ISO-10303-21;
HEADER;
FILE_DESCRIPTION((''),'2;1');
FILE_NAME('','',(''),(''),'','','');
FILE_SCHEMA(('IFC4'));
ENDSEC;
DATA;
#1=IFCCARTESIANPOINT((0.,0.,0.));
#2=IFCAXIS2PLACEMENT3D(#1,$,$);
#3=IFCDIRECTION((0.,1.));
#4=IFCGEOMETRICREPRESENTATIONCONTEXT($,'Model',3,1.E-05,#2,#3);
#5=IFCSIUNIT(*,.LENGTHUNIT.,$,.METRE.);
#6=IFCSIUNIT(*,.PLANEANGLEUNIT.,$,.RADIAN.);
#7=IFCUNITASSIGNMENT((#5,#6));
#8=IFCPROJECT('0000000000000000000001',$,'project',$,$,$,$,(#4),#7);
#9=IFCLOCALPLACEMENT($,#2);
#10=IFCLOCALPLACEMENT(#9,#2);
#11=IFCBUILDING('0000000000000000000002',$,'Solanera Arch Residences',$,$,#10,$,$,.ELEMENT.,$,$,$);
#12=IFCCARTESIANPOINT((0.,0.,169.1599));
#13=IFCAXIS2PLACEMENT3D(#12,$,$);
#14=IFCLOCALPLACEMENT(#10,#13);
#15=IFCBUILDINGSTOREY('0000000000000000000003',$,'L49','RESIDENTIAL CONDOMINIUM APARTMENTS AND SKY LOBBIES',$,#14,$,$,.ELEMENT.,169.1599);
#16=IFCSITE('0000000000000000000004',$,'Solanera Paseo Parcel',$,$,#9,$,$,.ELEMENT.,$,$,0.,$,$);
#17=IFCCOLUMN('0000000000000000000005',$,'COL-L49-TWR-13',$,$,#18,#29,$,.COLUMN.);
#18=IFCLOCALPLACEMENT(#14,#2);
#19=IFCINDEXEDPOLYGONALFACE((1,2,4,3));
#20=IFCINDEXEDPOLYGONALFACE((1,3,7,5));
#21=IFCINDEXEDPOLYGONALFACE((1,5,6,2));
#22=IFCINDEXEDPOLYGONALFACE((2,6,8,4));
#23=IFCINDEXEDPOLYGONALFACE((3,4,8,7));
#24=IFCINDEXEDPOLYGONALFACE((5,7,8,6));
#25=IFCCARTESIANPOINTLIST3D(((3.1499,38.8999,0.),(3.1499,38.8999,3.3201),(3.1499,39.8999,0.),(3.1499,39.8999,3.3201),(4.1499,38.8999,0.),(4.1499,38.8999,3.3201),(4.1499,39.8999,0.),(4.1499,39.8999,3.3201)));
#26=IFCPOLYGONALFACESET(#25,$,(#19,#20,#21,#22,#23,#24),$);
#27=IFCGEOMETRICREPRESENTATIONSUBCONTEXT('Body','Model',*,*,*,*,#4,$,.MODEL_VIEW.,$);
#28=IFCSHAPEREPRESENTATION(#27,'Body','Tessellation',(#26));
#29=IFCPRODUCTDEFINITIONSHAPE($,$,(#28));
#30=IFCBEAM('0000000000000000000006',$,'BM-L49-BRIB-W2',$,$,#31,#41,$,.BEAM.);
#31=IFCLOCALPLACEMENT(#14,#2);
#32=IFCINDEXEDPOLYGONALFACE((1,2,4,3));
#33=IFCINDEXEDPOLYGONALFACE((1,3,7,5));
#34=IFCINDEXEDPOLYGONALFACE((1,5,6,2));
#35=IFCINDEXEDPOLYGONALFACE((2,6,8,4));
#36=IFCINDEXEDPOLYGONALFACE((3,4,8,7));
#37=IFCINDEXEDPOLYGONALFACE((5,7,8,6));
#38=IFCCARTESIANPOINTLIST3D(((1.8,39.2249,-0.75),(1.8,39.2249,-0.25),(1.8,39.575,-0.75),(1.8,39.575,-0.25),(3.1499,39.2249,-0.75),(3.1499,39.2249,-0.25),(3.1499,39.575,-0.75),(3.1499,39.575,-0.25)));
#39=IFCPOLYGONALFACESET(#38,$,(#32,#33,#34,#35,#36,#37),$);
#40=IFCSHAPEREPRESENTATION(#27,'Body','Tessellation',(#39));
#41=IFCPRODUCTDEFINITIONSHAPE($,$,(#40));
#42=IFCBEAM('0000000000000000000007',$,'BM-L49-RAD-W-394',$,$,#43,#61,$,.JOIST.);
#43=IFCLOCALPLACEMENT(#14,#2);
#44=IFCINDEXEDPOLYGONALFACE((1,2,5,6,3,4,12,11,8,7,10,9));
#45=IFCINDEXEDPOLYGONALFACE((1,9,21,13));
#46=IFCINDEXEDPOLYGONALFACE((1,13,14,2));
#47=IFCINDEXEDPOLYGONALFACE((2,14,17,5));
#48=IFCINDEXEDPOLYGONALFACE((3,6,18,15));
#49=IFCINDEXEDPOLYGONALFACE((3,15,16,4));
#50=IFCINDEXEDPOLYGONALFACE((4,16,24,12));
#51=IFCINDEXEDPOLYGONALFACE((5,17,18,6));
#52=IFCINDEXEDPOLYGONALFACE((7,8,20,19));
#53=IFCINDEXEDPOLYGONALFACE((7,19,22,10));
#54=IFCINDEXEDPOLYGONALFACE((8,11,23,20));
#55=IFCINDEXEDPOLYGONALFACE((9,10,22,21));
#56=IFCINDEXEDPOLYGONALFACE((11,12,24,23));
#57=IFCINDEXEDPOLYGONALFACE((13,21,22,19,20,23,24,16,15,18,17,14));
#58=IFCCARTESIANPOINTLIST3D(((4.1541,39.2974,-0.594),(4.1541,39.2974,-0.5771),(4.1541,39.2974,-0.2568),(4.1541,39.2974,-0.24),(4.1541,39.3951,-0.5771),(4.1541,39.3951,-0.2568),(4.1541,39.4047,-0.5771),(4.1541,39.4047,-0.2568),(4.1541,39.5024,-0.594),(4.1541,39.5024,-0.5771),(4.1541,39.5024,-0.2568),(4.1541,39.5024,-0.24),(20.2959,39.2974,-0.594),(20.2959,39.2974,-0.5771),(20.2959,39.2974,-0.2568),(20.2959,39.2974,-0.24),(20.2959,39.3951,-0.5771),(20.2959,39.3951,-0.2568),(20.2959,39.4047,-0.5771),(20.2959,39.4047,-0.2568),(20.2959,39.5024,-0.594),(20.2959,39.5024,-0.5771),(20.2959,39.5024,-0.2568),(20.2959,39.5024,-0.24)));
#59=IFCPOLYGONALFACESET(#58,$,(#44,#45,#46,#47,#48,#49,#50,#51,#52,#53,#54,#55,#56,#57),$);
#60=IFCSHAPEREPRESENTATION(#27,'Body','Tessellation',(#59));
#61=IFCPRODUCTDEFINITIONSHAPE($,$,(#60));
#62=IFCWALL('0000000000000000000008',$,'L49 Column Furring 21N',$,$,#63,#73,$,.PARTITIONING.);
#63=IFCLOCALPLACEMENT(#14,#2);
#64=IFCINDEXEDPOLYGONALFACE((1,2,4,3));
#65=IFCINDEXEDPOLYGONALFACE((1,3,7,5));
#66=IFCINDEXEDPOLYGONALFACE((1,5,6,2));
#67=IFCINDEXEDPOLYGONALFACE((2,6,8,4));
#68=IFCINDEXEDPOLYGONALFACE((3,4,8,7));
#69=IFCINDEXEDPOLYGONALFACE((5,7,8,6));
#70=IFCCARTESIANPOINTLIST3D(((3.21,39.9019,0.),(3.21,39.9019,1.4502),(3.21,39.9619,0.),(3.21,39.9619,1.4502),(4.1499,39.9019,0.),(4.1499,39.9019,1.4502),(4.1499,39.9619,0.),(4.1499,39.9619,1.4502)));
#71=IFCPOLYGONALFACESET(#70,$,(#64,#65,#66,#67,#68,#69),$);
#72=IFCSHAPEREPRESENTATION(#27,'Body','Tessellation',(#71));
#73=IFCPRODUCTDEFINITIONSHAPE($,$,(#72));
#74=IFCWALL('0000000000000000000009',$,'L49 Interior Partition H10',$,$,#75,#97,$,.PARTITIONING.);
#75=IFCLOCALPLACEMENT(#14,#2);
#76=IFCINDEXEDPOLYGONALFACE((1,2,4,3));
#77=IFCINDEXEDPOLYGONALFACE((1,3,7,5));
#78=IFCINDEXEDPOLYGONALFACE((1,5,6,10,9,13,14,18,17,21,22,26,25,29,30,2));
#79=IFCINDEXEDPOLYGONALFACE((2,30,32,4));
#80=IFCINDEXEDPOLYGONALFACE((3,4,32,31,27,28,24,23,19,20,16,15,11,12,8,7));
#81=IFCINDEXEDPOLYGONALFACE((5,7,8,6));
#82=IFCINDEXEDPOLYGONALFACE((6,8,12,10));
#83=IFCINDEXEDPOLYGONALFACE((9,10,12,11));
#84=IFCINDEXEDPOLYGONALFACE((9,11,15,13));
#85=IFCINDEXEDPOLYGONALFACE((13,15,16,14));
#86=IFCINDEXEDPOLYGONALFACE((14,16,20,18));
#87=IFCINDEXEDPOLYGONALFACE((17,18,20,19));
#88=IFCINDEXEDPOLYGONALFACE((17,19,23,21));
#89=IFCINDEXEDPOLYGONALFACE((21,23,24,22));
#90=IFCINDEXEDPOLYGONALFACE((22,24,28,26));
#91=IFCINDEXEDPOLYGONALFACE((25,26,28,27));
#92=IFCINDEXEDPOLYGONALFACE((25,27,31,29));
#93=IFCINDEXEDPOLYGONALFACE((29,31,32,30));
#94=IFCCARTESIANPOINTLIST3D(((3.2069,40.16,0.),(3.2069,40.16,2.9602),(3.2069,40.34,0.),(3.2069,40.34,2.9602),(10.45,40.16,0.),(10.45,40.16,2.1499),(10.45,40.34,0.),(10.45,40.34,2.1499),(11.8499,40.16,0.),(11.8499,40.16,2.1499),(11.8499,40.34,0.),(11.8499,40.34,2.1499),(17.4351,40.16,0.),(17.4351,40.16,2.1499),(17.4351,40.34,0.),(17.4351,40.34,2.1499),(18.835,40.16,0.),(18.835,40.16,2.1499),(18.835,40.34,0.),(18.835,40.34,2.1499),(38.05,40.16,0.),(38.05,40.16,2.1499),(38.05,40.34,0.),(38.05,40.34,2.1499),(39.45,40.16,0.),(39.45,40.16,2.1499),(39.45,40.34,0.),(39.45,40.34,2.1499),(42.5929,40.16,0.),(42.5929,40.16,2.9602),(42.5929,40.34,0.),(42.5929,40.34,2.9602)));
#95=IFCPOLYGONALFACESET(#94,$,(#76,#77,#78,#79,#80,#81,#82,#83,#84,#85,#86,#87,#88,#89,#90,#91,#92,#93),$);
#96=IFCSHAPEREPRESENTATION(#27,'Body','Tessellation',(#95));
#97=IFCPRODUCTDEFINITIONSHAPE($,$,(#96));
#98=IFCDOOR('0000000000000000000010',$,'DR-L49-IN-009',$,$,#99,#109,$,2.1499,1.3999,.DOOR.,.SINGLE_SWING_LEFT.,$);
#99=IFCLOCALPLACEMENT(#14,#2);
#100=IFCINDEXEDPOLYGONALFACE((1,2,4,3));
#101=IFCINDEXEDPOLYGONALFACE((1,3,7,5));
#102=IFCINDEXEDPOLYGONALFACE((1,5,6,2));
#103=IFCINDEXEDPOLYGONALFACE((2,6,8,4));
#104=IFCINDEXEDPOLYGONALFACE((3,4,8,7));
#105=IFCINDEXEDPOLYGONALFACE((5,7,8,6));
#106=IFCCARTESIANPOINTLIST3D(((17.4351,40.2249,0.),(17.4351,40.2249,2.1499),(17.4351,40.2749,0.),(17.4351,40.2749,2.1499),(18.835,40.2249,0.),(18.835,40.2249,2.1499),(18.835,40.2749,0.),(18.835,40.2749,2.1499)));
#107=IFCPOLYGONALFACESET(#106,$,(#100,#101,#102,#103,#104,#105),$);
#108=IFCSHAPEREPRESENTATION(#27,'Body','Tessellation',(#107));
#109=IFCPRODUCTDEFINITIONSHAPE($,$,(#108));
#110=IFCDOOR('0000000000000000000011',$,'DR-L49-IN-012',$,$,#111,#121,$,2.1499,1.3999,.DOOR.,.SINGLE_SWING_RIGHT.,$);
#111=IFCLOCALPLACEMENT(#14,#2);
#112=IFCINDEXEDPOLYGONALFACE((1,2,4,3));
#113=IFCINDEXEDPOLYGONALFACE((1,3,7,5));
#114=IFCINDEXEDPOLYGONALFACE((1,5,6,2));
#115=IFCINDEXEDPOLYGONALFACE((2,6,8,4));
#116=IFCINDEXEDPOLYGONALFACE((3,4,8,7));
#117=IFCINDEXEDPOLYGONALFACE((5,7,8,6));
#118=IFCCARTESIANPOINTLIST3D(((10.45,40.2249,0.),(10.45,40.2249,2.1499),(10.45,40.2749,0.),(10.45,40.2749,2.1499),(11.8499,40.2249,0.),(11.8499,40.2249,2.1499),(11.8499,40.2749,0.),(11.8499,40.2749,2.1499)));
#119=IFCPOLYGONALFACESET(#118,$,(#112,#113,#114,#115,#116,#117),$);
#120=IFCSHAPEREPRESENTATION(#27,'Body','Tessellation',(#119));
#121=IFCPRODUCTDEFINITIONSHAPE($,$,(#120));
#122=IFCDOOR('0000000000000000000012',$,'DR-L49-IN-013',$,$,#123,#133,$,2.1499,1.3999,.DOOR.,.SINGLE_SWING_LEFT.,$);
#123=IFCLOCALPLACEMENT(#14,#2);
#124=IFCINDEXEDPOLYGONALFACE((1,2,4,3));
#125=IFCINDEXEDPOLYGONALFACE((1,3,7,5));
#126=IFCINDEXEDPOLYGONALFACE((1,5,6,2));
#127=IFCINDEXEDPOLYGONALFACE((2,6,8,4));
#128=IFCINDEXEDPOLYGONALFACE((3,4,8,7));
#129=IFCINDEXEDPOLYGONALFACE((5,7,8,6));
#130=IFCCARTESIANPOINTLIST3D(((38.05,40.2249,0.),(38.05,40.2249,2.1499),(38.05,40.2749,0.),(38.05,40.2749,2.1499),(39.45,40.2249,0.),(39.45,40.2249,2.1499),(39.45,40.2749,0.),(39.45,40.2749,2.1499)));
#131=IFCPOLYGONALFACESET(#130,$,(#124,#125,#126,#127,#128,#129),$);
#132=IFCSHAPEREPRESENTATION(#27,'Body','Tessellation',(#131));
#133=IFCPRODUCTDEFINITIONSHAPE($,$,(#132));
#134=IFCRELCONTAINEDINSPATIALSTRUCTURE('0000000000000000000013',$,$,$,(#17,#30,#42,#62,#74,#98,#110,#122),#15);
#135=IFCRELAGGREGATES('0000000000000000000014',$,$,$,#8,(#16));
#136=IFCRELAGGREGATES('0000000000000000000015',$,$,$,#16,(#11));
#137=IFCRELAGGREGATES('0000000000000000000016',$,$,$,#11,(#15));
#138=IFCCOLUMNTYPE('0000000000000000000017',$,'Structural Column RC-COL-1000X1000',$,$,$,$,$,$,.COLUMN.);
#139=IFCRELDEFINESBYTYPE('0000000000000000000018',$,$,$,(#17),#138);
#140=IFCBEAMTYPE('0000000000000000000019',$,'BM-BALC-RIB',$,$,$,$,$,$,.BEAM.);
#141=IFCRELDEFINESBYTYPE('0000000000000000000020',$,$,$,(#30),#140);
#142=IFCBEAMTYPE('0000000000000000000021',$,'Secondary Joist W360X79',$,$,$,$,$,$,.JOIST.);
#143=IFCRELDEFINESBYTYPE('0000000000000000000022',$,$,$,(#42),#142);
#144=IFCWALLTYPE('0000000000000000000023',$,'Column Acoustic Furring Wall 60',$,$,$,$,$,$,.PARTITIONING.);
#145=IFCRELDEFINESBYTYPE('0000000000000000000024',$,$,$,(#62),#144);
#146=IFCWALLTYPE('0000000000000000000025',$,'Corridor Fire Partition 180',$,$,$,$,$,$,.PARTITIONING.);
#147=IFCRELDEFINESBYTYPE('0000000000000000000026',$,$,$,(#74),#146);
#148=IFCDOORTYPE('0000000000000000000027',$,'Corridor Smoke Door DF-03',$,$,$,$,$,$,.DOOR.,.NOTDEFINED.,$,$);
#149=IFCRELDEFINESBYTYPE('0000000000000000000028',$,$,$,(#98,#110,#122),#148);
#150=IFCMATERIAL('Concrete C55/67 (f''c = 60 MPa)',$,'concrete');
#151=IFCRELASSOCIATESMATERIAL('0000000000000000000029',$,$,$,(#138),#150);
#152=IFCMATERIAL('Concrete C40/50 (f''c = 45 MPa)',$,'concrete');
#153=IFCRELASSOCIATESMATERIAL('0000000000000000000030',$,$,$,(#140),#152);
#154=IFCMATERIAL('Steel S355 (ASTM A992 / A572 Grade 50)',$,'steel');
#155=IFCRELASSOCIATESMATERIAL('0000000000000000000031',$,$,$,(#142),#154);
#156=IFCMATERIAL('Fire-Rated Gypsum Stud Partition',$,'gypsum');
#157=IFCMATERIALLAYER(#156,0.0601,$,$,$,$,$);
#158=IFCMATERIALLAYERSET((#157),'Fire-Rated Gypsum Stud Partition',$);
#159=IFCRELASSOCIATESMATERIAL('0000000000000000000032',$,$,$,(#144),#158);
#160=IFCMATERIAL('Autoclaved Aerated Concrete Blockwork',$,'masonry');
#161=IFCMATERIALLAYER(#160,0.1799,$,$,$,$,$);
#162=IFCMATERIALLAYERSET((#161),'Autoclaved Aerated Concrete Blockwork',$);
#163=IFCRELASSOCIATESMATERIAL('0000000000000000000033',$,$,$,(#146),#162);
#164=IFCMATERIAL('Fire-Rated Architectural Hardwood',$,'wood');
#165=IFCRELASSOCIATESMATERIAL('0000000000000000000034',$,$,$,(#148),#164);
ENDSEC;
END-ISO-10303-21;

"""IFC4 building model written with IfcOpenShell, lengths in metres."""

from ifc_helpers import new_model, si_unit, direction, frame, frame_2d, origin, origin_2d, place, context, subcontext, project, spatial, rectangle, i_section, extrude, material, layer, layer_set, material_profile, profile_set, type_object, element, fill, save


model = new_model("IFC4")

# Units and contexts
model_context = context("Model", 3, precision=1e-05, world=origin(), true_north=direction((0.0, 1.0)))
body_context = subcontext(model_context, "Body", "Model", "MODEL_VIEW")
ifc_project = project(units=[si_unit("LENGTHUNIT", "METRE"), si_unit("PLANEANGLEUNIT", "RADIAN")], contexts=[model_context])

# Site, building, storey
site_placement = place(None, origin())
site = spatial("IfcSite", under=ifc_project, at=site_placement, Name="Solanera Paseo Parcel", CompositionType="ELEMENT", RefElevation=0.0)
building_placement = place(site_placement, origin())
building = spatial("IfcBuilding", under=site, at=building_placement, Name="Solanera Arch Residences", CompositionType="ELEMENT")
storey_placement = place(building_placement, frame((0.0, 0.0, 169.1599)))
storey = spatial("IfcBuildingStorey", under=building, at=storey_placement, Name="L49", Description="RESIDENTIAL CONDOMINIUM APARTMENTS AND SKY LOBBIES", CompositionType="ELEMENT", Elevation=169.1599)

# Column
ifc_material_1 = material(Name="Concrete C55/67 (f'c = 60 MPa)", Category="concrete")
ifc_material_profile_1 = material_profile(ifc_material_1, rectangle(XDim=1.0, YDim=1.0, at=origin_2d()))
ifc_profile_set_1 = profile_set([ifc_material_profile_1], Name="Concrete C55/67 (f'c = 60 MPa)")
column_type = type_object("IfcColumnType", Name="Structural Column RC-COL-1000X1000", PredefinedType="COLUMN", material=ifc_profile_set_1)
column_placement = place(storey_placement, frame((3.6499, 39.3999, 0.0), z_axis=(0.0, 0.0, 1.0), x_axis=(1.0, 0.0, 0.0)))
element("IfcColumn", 1, at=column_placement, inside=storey, type_object=column_type, Name="COL-L49-TWR-13", PredefinedType="COLUMN", context=body_context, shape_type="SweptSolid", body=[
    extrude(rectangle(XDim=1.0, YDim=1.0, at=origin_2d()), origin(), (0.0, 0.0, 1.0), 3.3201),
])

# Beams
ifc_material_2 = material(Name="Concrete C40/50 (f'c = 45 MPa)", Category="concrete")
ifc_material_profile_2 = material_profile(ifc_material_2, rectangle(XDim=0.3501, YDim=0.5, at=origin_2d()))
ifc_profile_set_2 = profile_set([ifc_material_profile_2], Name="Concrete C40/50 (f'c = 45 MPa)")
beam_type_1 = type_object("IfcBeamType", Name="BM-BALC-RIB", PredefinedType="BEAM", material=ifc_profile_set_2)
beam_1_placement = place(storey_placement, frame((1.8, 39.3999, -0.5), z_axis=(1.0, 0.0, 0.0), x_axis=(0.0, 1.0, 0.0)))
element("IfcBeam", 2, at=beam_1_placement, inside=storey, type_object=beam_type_1, Name="BM-L49-BRIB-W2", PredefinedType="BEAM", context=body_context, shape_type="SweptSolid", body=[
    extrude(rectangle(XDim=0.3501, YDim=0.5, at=origin_2d()), origin(), (0.0, 0.0, 1.0), 1.3499),
])
ifc_material_3 = material(Name="Steel S355 (ASTM A992 / A572 Grade 50)", Category="steel")
ifc_material_profile_3 = material_profile(ifc_material_3, i_section(OverallWidth=0.2051, OverallDepth=0.354, WebThickness=0.0095, FlangeThickness=0.0168, at=origin_2d()))
ifc_profile_set_3 = profile_set([ifc_material_profile_3], Name="Steel S355 (ASTM A992 / A572 Grade 50)")
beam_type_2 = type_object("IfcBeamType", Name="Secondary Joist W360X79", PredefinedType="JOIST", material=ifc_profile_set_3)
beam_2_placement = place(storey_placement, frame((4.1541, 39.3999, -0.417), z_axis=(1.0, 0.0, 0.0), x_axis=(0.0, 1.0, 0.0)))
element("IfcBeam", 3, at=beam_2_placement, inside=storey, type_object=beam_type_2, Name="BM-L49-RAD-W-394", PredefinedType="JOIST", context=body_context, shape_type="SweptSolid", body=[
    extrude(i_section(OverallWidth=0.2051, OverallDepth=0.354, WebThickness=0.0095, FlangeThickness=0.0168, at=origin_2d()), origin(), (0.0, 0.0, 1.0), 16.1418),
])

# Wall
ifc_material_4 = material(Name="Fire-Rated Gypsum Stud Partition", Category="gypsum")
ifc_layer_1 = layer(ifc_material_4, 0.0601)
ifc_layer_set_1 = layer_set([ifc_layer_1], Name="Fire-Rated Gypsum Stud Partition")
wall_type_1 = type_object("IfcWallType", Name="Column Acoustic Furring Wall 60", PredefinedType="PARTITIONING", material=ifc_layer_set_1)
wall_1_placement = place(storey_placement, frame((3.21, 39.9319, 0.0), z_axis=(0.0, 0.0, 1.0), x_axis=(1.0, 0.0, 0.0)))
element("IfcWall", 4, at=wall_1_placement, inside=storey, type_object=wall_type_1, Name="L49 Column Furring 21N", PredefinedType="PARTITIONING", context=body_context, shape_type="SweptSolid", body=[
    extrude(rectangle(XDim=0.9399, YDim=0.0601, at=frame_2d((0.47, 0.0))), origin(), (0.0, 0.0, 1.0), 1.4502),
])

# Wall, openings, doors
ifc_material_5 = material(Name="Autoclaved Aerated Concrete Blockwork", Category="masonry")
ifc_layer_2 = layer(ifc_material_5, 0.1799)
ifc_layer_set_2 = layer_set([ifc_layer_2], Name="Autoclaved Aerated Concrete Blockwork")
wall_type_2 = type_object("IfcWallType", Name="Corridor Fire Partition 180", PredefinedType="PARTITIONING", material=ifc_layer_set_2)
wall_2_placement = place(storey_placement, frame((3.207, 40.25, 0.0), z_axis=(0.0, 0.0, 1.0), x_axis=(1.0, 0.0, 0.0)))
wall_2 = element("IfcWall", 5, at=wall_2_placement, inside=storey, type_object=wall_type_2, Name="L49 Interior Partition H10", PredefinedType="PARTITIONING", context=body_context, shape_type="SweptSolid", body=[
    extrude(rectangle(XDim=39.386, YDim=0.1799, at=frame_2d((19.6929, 0.0))), origin(), (0.0, 0.0, 1.0), 2.9602),
])
opening_1_placement = place(wall_2_placement, frame((14.228, 0.0, 0.0)))
opening_1 = element("IfcOpeningElement", 6, at=opening_1_placement, cuts=wall_2, PredefinedType="OPENING", context=body_context, shape_type="SweptSolid", body=[
    extrude(rectangle(XDim=1.3999, YDim=2.1499, at=frame_2d((0.7, 1.075))), frame((0.0, 0.1001, 0.0), z_axis=(0.0, -1.0, 0.0), x_axis=(1.0, 0.0, 0.0)), (0.0, 0.0, 1.0), 0.1999),
])
opening_2_placement = place(wall_2_placement, frame((7.2429, 0.0, 0.0)))
opening_2 = element("IfcOpeningElement", 7, at=opening_2_placement, cuts=wall_2, PredefinedType="OPENING", context=body_context, shape_type="SweptSolid", body=[
    extrude(rectangle(XDim=1.3999, YDim=2.1499, at=frame_2d((0.7, 1.075))), frame((0.0, 0.1001, 0.0), z_axis=(0.0, -1.0, 0.0), x_axis=(1.0, 0.0, 0.0)), (0.0, 0.0, 1.0), 0.1999),
])
opening_3_placement = place(wall_2_placement, frame((34.843, 0.0, 0.0)))
opening_3 = element("IfcOpeningElement", 8, at=opening_3_placement, cuts=wall_2, PredefinedType="OPENING", context=body_context, shape_type="SweptSolid", body=[
    extrude(rectangle(XDim=1.3999, YDim=2.1499, at=frame_2d((0.7, 1.075))), frame((0.0, 0.1001, 0.0), z_axis=(0.0, -1.0, 0.0), x_axis=(1.0, 0.0, 0.0)), (0.0, 0.0, 1.0), 0.1999),
])
ifc_material_6 = material(Name="Fire-Rated Architectural Hardwood", Category="wood")
door_type_1 = type_object("IfcDoorType", Name="Corridor Smoke Door DF-03", OperationType="NOTDEFINED", PredefinedType="DOOR", material=ifc_material_6)
door_1_placement = place(opening_1_placement, origin())
door_1 = element("IfcDoor", 9, at=door_1_placement, inside=storey, type_object=door_type_1, Name="DR-L49-IN-009", OperationType="SINGLE_SWING_LEFT", OverallHeight=2.1499, OverallWidth=1.3999, PredefinedType="DOOR", context=body_context, shape_type="SweptSolid", body=[
    extrude(rectangle(XDim=1.3999, YDim=2.1499, at=frame_2d((0.7, 1.075))), frame((0.0, 0.0249, 0.0), z_axis=(0.0, -1.0, 0.0), x_axis=(1.0, 0.0, 0.0)), (0.0, 0.0, 1.0), 0.05),
])
fill(opening_1, door_1)
door_2_placement = place(opening_2_placement, origin())
door_2 = element("IfcDoor", 10, at=door_2_placement, inside=storey, type_object=door_type_1, Name="DR-L49-IN-012", OperationType="SINGLE_SWING_RIGHT", OverallHeight=2.1499, OverallWidth=1.3999, PredefinedType="DOOR", context=body_context, shape_type="SweptSolid", body=[
    extrude(rectangle(XDim=1.3999, YDim=2.1499, at=frame_2d((0.7, 1.075))), frame((0.0, 0.0249, 0.0), z_axis=(0.0, -1.0, 0.0), x_axis=(1.0, 0.0, 0.0)), (0.0, 0.0, 1.0), 0.05),
])
fill(opening_2, door_2)
door_3_placement = place(opening_3_placement, origin())
door_3 = element("IfcDoor", 11, at=door_3_placement, inside=storey, type_object=door_type_1, Name="DR-L49-IN-013", OperationType="SINGLE_SWING_LEFT", OverallHeight=2.1499, OverallWidth=1.3999, PredefinedType="DOOR", context=body_context, shape_type="SweptSolid", body=[
    extrude(rectangle(XDim=1.3999, YDim=2.1499, at=frame_2d((0.7, 1.075))), frame((0.0, 0.0249, 0.0), z_axis=(0.0, -1.0, 0.0), x_axis=(1.0, 0.0, 0.0)), (0.0, 0.0, 1.0), 0.05),
])
fill(opening_3, door_3)

save(model, "model.ifc")
